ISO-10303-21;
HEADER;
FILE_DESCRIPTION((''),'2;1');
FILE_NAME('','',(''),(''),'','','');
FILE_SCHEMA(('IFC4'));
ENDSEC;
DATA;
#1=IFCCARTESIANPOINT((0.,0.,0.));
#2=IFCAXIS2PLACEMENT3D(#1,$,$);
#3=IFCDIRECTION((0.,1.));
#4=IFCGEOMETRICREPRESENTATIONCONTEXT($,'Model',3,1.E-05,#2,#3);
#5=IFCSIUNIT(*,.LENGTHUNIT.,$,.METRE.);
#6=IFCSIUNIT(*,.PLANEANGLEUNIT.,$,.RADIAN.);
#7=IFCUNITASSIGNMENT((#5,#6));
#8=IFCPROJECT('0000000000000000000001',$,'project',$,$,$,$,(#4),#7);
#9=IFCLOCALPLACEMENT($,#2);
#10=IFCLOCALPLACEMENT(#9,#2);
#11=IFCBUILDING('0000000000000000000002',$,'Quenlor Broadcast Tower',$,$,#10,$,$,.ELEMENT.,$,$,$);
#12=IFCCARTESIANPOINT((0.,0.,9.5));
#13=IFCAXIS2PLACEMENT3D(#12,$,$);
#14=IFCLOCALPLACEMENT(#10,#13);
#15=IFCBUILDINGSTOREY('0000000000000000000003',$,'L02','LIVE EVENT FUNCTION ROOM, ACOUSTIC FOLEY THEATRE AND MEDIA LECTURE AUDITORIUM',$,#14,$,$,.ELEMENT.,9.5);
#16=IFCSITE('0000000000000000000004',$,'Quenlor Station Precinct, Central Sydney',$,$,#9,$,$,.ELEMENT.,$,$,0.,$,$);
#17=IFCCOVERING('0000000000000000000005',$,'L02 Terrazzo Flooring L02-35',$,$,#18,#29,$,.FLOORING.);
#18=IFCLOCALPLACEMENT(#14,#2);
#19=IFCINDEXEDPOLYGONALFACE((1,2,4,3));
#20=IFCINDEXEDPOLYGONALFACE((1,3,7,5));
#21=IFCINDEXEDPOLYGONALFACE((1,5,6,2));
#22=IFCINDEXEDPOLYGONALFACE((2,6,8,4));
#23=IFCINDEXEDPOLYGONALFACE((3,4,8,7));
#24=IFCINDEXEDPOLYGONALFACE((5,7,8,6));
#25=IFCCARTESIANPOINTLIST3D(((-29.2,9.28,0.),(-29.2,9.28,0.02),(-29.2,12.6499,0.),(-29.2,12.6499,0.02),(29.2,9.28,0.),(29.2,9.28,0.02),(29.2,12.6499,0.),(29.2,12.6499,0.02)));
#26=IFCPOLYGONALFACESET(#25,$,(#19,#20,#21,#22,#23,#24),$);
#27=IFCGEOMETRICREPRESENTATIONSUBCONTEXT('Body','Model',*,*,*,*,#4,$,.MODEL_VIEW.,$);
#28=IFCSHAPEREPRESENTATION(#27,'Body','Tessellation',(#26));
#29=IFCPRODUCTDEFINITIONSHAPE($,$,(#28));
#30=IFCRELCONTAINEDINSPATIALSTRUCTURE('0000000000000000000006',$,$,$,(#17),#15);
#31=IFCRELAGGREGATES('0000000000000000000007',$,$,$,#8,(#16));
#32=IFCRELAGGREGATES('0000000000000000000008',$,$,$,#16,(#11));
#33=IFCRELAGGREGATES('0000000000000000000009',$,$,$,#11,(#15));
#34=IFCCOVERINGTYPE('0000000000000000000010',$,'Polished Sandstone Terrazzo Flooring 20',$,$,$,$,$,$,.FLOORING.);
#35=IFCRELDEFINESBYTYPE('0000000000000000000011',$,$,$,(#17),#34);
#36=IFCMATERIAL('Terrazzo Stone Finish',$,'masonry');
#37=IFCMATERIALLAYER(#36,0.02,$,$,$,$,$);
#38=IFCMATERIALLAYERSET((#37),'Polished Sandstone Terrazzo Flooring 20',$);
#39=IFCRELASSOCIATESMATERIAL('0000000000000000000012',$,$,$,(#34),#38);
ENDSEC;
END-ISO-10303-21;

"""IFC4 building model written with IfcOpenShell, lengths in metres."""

from ifc_helpers import new_model, si_unit, direction, frame, origin, place, context, subcontext, project, spatial, polyline, outline, extrude, material, layer, layer_set, type_object, element, save


model = new_model("IFC4")

# Units and contexts
model_context = context("Model", 3, precision=1e-05, world=origin(), true_north=direction((0.0, 1.0)))
body_context = subcontext(model_context, "Body", "Model", "MODEL_VIEW")
ifc_project = project(units=[si_unit("LENGTHUNIT", "METRE"), si_unit("PLANEANGLEUNIT", "RADIAN")], contexts=[model_context])

# Site, building, storey
site_placement = place(None, origin())
site = spatial("IfcSite", under=ifc_project, at=site_placement, Name="Quenlor Station Precinct, Central Sydney", CompositionType="ELEMENT", RefElevation=0.0)
building_placement = place(site_placement, origin())
building = spatial("IfcBuilding", under=site, at=building_placement, Name="Quenlor Broadcast Tower", CompositionType="ELEMENT")
storey_placement = place(building_placement, frame((0.0, 0.0, 9.5)))
storey = spatial("IfcBuildingStorey", under=building, at=storey_placement, Name="L02", Description="LIVE EVENT FUNCTION ROOM, ACOUSTIC FOLEY THEATRE AND MEDIA LECTURE AUDITORIUM", CompositionType="ELEMENT", Elevation=9.5)

# Covering
ifc_material_1 = material(Name="Terrazzo Stone Finish", Category="masonry")
ifc_layer_1 = layer(ifc_material_1, 0.02)
ifc_layer_set_1 = layer_set([ifc_layer_1], Name="Polished Sandstone Terrazzo Flooring 20")
covering_type_1 = type_object("IfcCoveringType", Name="Polished Sandstone Terrazzo Flooring 20", PredefinedType="FLOORING", material=ifc_layer_set_1)
covering_1_placement = place(storey_placement, origin())
element("IfcCovering", 1, at=covering_1_placement, inside=storey, type_object=covering_type_1, Name="L02 Terrazzo Flooring L02-35", PredefinedType="FLOORING", context=body_context, shape_type="SweptSolid", body=[
    extrude(outline(polyline([(29.2, 9.28), (-29.2, 9.28), (-29.2, 12.6499), (29.2, 12.6499), (29.2, 9.28)])), origin(), (0.0, 0.0, 1.0), 0.02),
])

save(model, "model.ifc")
